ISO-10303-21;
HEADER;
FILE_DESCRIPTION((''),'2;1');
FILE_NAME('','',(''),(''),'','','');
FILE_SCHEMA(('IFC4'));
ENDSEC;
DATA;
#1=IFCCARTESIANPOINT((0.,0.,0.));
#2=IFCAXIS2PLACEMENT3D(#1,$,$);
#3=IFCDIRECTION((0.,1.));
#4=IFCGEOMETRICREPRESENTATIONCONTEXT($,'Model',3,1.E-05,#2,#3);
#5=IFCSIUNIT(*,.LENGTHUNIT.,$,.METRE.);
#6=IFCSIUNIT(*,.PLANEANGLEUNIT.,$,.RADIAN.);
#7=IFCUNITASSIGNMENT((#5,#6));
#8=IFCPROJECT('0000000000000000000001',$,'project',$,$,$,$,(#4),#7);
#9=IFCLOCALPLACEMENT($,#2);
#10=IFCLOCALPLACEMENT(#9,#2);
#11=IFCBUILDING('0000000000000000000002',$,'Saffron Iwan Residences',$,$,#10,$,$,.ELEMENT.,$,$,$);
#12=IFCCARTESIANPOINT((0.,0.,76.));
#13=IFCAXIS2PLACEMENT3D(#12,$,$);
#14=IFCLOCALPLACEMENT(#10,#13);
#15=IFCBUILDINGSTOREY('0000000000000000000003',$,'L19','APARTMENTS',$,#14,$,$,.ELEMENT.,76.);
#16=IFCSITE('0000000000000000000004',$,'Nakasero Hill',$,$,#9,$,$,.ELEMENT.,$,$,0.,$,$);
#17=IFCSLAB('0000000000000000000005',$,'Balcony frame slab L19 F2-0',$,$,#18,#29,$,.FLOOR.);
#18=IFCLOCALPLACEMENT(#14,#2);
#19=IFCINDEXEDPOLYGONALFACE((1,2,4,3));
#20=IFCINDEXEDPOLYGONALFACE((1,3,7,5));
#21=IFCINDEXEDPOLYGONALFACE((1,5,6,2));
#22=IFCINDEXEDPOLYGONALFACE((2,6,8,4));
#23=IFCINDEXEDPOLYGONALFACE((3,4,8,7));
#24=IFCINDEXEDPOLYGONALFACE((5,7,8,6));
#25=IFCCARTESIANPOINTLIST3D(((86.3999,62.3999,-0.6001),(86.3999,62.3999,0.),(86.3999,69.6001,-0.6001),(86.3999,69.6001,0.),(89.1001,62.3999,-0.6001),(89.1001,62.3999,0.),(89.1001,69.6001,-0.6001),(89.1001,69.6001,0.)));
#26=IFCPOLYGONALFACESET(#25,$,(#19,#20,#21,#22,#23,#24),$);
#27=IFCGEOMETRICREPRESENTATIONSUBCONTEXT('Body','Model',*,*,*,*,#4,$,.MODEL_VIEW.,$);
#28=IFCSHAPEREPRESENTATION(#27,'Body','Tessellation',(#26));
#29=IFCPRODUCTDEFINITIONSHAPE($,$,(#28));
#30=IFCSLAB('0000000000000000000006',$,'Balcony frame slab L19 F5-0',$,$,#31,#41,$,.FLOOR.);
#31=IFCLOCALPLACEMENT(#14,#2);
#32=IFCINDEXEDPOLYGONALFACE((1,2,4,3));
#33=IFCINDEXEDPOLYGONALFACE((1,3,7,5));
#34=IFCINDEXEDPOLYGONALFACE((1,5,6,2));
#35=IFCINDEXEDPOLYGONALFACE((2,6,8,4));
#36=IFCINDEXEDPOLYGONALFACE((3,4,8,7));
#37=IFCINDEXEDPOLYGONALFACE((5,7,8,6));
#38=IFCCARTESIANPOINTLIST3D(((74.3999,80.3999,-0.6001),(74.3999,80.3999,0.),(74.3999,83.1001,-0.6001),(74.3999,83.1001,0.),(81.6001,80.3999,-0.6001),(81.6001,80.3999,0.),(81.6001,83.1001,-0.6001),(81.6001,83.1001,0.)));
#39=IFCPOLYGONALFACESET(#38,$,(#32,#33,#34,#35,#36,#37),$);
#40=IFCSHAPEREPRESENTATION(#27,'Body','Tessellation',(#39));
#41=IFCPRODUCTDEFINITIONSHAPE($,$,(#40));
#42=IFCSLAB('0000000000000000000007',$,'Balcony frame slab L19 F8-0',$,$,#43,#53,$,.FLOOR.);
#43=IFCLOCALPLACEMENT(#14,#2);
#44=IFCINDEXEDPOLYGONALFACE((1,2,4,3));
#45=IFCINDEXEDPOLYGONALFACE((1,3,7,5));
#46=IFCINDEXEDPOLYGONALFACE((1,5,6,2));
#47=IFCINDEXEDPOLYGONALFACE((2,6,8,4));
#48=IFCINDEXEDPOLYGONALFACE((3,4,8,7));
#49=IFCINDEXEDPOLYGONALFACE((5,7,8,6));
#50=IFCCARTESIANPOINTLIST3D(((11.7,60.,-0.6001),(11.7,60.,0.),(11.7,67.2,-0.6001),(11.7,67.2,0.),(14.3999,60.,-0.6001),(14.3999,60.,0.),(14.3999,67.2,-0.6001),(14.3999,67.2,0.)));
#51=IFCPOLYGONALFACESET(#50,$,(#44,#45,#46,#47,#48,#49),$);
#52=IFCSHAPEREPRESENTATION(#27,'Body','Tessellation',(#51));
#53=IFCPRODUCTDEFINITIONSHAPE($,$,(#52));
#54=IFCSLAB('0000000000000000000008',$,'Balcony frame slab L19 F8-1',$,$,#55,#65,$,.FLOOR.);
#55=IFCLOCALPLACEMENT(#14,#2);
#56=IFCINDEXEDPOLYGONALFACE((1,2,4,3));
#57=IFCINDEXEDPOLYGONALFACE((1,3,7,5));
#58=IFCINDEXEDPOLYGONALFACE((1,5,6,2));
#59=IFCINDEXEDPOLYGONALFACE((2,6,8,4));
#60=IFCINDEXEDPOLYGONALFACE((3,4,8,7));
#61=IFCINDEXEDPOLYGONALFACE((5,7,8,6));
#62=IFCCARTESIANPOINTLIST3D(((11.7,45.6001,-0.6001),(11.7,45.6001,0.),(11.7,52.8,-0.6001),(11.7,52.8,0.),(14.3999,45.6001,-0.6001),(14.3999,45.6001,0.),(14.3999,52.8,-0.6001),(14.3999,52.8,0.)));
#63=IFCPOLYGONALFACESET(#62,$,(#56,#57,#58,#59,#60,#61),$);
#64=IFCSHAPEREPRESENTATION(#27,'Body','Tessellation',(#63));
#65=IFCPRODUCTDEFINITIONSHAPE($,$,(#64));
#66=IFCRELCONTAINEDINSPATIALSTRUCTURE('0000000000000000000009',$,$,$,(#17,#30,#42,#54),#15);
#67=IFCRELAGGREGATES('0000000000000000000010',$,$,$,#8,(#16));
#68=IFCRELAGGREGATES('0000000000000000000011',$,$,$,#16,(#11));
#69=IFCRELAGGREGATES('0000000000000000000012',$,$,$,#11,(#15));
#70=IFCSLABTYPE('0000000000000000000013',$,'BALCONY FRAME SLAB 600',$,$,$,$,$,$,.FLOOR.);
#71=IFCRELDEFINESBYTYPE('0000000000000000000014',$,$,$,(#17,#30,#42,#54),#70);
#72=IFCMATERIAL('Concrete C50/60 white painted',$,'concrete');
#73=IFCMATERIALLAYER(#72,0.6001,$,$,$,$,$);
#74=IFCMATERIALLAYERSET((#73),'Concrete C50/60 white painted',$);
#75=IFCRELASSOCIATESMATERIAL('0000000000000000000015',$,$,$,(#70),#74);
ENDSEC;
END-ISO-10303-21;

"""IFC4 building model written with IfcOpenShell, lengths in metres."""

from ifc_helpers import new_model, si_unit, direction, frame, origin, place, context, subcontext, project, spatial, polyline, outline, extrude, material, layer, layer_set, type_object, element, save


model = new_model("IFC4")

# Units and contexts
model_context = context("Model", 3, precision=1e-05, world=origin(), true_north=direction((0.0, 1.0)))
body_context = subcontext(model_context, "Body", "Model", "MODEL_VIEW")
ifc_project = project(units=[si_unit("LENGTHUNIT", "METRE"), si_unit("PLANEANGLEUNIT", "RADIAN")], contexts=[model_context])

# Site, building, storey
site_placement = place(None, origin())
site = spatial("IfcSite", under=ifc_project, at=site_placement, Name="Nakasero Hill", CompositionType="ELEMENT", RefElevation=0.0)
building_placement = place(site_placement, origin())
building = spatial("IfcBuilding", under=site, at=building_placement, Name="Saffron Iwan Residences", CompositionType="ELEMENT")
storey_placement = place(building_placement, frame((0.0, 0.0, 76.0)))
storey = spatial("IfcBuildingStorey", under=building, at=storey_placement, Name="L19", Description="APARTMENTS", CompositionType="ELEMENT", Elevation=76.0)

# Slabs
ifc_material_1 = material(Name="Concrete C50/60 white painted", Category="concrete")
ifc_layer_1 = layer(ifc_material_1, 0.6001)
ifc_layer_set_1 = layer_set([ifc_layer_1], Name="Concrete C50/60 white painted")
slab_type_1 = type_object("IfcSlabType", Name="BALCONY FRAME SLAB 600", PredefinedType="FLOOR", material=ifc_layer_set_1)
slab_1_placement = place(storey_placement, frame((0.0, 0.0, -0.6001)))
element("IfcSlab", 1, at=slab_1_placement, inside=storey, type_object=slab_type_1, Name="Balcony frame slab L19 F2-0", PredefinedType="FLOOR", context=body_context, shape_type="SweptSolid", body=[
    extrude(outline(polyline([(89.1001, 62.3999), (89.1001, 69.6001), (86.3999, 69.6001), (86.3999, 62.3999), (89.1001, 62.3999)])), origin(), (0.0, 0.0, 1.0), 0.6001),
])
slab_2_placement = place(storey_placement, frame((0.0, 0.0, -0.6001)))
element("IfcSlab", 2, at=slab_2_placement, inside=storey, type_object=slab_type_1, Name="Balcony frame slab L19 F5-0", PredefinedType="FLOOR", context=body_context, shape_type="SweptSolid", body=[
    extrude(outline(polyline([(81.6001, 83.1001), (74.3999, 83.1001), (74.3999, 80.3999), (81.6001, 80.3999), (81.6001, 83.1001)])), origin(), (0.0, 0.0, 1.0), 0.6001),
])
slab_3_placement = place(storey_placement, frame((0.0, 0.0, -0.6001)))
element("IfcSlab", 3, at=slab_3_placement, inside=storey, type_object=slab_type_1, Name="Balcony frame slab L19 F8-0", PredefinedType="FLOOR", context=body_context, shape_type="SweptSolid", body=[
    extrude(outline(polyline([(11.7, 67.2), (11.7, 60.0), (14.3999, 60.0), (14.3999, 67.2), (11.7, 67.2)])), origin(), (0.0, 0.0, 1.0), 0.6001),
])
slab_4_placement = place(storey_placement, frame((0.0, 0.0, -0.6001)))
element("IfcSlab", 4, at=slab_4_placement, inside=storey, type_object=slab_type_1, Name="Balcony frame slab L19 F8-1", PredefinedType="FLOOR", context=body_context, shape_type="SweptSolid", body=[
    extrude(outline(polyline([(11.7, 52.8), (11.7, 45.6001), (14.3999, 45.6001), (14.3999, 52.8), (11.7, 52.8)])), origin(), (0.0, 0.0, 1.0), 0.6001),
])

save(model, "model.ifc")
